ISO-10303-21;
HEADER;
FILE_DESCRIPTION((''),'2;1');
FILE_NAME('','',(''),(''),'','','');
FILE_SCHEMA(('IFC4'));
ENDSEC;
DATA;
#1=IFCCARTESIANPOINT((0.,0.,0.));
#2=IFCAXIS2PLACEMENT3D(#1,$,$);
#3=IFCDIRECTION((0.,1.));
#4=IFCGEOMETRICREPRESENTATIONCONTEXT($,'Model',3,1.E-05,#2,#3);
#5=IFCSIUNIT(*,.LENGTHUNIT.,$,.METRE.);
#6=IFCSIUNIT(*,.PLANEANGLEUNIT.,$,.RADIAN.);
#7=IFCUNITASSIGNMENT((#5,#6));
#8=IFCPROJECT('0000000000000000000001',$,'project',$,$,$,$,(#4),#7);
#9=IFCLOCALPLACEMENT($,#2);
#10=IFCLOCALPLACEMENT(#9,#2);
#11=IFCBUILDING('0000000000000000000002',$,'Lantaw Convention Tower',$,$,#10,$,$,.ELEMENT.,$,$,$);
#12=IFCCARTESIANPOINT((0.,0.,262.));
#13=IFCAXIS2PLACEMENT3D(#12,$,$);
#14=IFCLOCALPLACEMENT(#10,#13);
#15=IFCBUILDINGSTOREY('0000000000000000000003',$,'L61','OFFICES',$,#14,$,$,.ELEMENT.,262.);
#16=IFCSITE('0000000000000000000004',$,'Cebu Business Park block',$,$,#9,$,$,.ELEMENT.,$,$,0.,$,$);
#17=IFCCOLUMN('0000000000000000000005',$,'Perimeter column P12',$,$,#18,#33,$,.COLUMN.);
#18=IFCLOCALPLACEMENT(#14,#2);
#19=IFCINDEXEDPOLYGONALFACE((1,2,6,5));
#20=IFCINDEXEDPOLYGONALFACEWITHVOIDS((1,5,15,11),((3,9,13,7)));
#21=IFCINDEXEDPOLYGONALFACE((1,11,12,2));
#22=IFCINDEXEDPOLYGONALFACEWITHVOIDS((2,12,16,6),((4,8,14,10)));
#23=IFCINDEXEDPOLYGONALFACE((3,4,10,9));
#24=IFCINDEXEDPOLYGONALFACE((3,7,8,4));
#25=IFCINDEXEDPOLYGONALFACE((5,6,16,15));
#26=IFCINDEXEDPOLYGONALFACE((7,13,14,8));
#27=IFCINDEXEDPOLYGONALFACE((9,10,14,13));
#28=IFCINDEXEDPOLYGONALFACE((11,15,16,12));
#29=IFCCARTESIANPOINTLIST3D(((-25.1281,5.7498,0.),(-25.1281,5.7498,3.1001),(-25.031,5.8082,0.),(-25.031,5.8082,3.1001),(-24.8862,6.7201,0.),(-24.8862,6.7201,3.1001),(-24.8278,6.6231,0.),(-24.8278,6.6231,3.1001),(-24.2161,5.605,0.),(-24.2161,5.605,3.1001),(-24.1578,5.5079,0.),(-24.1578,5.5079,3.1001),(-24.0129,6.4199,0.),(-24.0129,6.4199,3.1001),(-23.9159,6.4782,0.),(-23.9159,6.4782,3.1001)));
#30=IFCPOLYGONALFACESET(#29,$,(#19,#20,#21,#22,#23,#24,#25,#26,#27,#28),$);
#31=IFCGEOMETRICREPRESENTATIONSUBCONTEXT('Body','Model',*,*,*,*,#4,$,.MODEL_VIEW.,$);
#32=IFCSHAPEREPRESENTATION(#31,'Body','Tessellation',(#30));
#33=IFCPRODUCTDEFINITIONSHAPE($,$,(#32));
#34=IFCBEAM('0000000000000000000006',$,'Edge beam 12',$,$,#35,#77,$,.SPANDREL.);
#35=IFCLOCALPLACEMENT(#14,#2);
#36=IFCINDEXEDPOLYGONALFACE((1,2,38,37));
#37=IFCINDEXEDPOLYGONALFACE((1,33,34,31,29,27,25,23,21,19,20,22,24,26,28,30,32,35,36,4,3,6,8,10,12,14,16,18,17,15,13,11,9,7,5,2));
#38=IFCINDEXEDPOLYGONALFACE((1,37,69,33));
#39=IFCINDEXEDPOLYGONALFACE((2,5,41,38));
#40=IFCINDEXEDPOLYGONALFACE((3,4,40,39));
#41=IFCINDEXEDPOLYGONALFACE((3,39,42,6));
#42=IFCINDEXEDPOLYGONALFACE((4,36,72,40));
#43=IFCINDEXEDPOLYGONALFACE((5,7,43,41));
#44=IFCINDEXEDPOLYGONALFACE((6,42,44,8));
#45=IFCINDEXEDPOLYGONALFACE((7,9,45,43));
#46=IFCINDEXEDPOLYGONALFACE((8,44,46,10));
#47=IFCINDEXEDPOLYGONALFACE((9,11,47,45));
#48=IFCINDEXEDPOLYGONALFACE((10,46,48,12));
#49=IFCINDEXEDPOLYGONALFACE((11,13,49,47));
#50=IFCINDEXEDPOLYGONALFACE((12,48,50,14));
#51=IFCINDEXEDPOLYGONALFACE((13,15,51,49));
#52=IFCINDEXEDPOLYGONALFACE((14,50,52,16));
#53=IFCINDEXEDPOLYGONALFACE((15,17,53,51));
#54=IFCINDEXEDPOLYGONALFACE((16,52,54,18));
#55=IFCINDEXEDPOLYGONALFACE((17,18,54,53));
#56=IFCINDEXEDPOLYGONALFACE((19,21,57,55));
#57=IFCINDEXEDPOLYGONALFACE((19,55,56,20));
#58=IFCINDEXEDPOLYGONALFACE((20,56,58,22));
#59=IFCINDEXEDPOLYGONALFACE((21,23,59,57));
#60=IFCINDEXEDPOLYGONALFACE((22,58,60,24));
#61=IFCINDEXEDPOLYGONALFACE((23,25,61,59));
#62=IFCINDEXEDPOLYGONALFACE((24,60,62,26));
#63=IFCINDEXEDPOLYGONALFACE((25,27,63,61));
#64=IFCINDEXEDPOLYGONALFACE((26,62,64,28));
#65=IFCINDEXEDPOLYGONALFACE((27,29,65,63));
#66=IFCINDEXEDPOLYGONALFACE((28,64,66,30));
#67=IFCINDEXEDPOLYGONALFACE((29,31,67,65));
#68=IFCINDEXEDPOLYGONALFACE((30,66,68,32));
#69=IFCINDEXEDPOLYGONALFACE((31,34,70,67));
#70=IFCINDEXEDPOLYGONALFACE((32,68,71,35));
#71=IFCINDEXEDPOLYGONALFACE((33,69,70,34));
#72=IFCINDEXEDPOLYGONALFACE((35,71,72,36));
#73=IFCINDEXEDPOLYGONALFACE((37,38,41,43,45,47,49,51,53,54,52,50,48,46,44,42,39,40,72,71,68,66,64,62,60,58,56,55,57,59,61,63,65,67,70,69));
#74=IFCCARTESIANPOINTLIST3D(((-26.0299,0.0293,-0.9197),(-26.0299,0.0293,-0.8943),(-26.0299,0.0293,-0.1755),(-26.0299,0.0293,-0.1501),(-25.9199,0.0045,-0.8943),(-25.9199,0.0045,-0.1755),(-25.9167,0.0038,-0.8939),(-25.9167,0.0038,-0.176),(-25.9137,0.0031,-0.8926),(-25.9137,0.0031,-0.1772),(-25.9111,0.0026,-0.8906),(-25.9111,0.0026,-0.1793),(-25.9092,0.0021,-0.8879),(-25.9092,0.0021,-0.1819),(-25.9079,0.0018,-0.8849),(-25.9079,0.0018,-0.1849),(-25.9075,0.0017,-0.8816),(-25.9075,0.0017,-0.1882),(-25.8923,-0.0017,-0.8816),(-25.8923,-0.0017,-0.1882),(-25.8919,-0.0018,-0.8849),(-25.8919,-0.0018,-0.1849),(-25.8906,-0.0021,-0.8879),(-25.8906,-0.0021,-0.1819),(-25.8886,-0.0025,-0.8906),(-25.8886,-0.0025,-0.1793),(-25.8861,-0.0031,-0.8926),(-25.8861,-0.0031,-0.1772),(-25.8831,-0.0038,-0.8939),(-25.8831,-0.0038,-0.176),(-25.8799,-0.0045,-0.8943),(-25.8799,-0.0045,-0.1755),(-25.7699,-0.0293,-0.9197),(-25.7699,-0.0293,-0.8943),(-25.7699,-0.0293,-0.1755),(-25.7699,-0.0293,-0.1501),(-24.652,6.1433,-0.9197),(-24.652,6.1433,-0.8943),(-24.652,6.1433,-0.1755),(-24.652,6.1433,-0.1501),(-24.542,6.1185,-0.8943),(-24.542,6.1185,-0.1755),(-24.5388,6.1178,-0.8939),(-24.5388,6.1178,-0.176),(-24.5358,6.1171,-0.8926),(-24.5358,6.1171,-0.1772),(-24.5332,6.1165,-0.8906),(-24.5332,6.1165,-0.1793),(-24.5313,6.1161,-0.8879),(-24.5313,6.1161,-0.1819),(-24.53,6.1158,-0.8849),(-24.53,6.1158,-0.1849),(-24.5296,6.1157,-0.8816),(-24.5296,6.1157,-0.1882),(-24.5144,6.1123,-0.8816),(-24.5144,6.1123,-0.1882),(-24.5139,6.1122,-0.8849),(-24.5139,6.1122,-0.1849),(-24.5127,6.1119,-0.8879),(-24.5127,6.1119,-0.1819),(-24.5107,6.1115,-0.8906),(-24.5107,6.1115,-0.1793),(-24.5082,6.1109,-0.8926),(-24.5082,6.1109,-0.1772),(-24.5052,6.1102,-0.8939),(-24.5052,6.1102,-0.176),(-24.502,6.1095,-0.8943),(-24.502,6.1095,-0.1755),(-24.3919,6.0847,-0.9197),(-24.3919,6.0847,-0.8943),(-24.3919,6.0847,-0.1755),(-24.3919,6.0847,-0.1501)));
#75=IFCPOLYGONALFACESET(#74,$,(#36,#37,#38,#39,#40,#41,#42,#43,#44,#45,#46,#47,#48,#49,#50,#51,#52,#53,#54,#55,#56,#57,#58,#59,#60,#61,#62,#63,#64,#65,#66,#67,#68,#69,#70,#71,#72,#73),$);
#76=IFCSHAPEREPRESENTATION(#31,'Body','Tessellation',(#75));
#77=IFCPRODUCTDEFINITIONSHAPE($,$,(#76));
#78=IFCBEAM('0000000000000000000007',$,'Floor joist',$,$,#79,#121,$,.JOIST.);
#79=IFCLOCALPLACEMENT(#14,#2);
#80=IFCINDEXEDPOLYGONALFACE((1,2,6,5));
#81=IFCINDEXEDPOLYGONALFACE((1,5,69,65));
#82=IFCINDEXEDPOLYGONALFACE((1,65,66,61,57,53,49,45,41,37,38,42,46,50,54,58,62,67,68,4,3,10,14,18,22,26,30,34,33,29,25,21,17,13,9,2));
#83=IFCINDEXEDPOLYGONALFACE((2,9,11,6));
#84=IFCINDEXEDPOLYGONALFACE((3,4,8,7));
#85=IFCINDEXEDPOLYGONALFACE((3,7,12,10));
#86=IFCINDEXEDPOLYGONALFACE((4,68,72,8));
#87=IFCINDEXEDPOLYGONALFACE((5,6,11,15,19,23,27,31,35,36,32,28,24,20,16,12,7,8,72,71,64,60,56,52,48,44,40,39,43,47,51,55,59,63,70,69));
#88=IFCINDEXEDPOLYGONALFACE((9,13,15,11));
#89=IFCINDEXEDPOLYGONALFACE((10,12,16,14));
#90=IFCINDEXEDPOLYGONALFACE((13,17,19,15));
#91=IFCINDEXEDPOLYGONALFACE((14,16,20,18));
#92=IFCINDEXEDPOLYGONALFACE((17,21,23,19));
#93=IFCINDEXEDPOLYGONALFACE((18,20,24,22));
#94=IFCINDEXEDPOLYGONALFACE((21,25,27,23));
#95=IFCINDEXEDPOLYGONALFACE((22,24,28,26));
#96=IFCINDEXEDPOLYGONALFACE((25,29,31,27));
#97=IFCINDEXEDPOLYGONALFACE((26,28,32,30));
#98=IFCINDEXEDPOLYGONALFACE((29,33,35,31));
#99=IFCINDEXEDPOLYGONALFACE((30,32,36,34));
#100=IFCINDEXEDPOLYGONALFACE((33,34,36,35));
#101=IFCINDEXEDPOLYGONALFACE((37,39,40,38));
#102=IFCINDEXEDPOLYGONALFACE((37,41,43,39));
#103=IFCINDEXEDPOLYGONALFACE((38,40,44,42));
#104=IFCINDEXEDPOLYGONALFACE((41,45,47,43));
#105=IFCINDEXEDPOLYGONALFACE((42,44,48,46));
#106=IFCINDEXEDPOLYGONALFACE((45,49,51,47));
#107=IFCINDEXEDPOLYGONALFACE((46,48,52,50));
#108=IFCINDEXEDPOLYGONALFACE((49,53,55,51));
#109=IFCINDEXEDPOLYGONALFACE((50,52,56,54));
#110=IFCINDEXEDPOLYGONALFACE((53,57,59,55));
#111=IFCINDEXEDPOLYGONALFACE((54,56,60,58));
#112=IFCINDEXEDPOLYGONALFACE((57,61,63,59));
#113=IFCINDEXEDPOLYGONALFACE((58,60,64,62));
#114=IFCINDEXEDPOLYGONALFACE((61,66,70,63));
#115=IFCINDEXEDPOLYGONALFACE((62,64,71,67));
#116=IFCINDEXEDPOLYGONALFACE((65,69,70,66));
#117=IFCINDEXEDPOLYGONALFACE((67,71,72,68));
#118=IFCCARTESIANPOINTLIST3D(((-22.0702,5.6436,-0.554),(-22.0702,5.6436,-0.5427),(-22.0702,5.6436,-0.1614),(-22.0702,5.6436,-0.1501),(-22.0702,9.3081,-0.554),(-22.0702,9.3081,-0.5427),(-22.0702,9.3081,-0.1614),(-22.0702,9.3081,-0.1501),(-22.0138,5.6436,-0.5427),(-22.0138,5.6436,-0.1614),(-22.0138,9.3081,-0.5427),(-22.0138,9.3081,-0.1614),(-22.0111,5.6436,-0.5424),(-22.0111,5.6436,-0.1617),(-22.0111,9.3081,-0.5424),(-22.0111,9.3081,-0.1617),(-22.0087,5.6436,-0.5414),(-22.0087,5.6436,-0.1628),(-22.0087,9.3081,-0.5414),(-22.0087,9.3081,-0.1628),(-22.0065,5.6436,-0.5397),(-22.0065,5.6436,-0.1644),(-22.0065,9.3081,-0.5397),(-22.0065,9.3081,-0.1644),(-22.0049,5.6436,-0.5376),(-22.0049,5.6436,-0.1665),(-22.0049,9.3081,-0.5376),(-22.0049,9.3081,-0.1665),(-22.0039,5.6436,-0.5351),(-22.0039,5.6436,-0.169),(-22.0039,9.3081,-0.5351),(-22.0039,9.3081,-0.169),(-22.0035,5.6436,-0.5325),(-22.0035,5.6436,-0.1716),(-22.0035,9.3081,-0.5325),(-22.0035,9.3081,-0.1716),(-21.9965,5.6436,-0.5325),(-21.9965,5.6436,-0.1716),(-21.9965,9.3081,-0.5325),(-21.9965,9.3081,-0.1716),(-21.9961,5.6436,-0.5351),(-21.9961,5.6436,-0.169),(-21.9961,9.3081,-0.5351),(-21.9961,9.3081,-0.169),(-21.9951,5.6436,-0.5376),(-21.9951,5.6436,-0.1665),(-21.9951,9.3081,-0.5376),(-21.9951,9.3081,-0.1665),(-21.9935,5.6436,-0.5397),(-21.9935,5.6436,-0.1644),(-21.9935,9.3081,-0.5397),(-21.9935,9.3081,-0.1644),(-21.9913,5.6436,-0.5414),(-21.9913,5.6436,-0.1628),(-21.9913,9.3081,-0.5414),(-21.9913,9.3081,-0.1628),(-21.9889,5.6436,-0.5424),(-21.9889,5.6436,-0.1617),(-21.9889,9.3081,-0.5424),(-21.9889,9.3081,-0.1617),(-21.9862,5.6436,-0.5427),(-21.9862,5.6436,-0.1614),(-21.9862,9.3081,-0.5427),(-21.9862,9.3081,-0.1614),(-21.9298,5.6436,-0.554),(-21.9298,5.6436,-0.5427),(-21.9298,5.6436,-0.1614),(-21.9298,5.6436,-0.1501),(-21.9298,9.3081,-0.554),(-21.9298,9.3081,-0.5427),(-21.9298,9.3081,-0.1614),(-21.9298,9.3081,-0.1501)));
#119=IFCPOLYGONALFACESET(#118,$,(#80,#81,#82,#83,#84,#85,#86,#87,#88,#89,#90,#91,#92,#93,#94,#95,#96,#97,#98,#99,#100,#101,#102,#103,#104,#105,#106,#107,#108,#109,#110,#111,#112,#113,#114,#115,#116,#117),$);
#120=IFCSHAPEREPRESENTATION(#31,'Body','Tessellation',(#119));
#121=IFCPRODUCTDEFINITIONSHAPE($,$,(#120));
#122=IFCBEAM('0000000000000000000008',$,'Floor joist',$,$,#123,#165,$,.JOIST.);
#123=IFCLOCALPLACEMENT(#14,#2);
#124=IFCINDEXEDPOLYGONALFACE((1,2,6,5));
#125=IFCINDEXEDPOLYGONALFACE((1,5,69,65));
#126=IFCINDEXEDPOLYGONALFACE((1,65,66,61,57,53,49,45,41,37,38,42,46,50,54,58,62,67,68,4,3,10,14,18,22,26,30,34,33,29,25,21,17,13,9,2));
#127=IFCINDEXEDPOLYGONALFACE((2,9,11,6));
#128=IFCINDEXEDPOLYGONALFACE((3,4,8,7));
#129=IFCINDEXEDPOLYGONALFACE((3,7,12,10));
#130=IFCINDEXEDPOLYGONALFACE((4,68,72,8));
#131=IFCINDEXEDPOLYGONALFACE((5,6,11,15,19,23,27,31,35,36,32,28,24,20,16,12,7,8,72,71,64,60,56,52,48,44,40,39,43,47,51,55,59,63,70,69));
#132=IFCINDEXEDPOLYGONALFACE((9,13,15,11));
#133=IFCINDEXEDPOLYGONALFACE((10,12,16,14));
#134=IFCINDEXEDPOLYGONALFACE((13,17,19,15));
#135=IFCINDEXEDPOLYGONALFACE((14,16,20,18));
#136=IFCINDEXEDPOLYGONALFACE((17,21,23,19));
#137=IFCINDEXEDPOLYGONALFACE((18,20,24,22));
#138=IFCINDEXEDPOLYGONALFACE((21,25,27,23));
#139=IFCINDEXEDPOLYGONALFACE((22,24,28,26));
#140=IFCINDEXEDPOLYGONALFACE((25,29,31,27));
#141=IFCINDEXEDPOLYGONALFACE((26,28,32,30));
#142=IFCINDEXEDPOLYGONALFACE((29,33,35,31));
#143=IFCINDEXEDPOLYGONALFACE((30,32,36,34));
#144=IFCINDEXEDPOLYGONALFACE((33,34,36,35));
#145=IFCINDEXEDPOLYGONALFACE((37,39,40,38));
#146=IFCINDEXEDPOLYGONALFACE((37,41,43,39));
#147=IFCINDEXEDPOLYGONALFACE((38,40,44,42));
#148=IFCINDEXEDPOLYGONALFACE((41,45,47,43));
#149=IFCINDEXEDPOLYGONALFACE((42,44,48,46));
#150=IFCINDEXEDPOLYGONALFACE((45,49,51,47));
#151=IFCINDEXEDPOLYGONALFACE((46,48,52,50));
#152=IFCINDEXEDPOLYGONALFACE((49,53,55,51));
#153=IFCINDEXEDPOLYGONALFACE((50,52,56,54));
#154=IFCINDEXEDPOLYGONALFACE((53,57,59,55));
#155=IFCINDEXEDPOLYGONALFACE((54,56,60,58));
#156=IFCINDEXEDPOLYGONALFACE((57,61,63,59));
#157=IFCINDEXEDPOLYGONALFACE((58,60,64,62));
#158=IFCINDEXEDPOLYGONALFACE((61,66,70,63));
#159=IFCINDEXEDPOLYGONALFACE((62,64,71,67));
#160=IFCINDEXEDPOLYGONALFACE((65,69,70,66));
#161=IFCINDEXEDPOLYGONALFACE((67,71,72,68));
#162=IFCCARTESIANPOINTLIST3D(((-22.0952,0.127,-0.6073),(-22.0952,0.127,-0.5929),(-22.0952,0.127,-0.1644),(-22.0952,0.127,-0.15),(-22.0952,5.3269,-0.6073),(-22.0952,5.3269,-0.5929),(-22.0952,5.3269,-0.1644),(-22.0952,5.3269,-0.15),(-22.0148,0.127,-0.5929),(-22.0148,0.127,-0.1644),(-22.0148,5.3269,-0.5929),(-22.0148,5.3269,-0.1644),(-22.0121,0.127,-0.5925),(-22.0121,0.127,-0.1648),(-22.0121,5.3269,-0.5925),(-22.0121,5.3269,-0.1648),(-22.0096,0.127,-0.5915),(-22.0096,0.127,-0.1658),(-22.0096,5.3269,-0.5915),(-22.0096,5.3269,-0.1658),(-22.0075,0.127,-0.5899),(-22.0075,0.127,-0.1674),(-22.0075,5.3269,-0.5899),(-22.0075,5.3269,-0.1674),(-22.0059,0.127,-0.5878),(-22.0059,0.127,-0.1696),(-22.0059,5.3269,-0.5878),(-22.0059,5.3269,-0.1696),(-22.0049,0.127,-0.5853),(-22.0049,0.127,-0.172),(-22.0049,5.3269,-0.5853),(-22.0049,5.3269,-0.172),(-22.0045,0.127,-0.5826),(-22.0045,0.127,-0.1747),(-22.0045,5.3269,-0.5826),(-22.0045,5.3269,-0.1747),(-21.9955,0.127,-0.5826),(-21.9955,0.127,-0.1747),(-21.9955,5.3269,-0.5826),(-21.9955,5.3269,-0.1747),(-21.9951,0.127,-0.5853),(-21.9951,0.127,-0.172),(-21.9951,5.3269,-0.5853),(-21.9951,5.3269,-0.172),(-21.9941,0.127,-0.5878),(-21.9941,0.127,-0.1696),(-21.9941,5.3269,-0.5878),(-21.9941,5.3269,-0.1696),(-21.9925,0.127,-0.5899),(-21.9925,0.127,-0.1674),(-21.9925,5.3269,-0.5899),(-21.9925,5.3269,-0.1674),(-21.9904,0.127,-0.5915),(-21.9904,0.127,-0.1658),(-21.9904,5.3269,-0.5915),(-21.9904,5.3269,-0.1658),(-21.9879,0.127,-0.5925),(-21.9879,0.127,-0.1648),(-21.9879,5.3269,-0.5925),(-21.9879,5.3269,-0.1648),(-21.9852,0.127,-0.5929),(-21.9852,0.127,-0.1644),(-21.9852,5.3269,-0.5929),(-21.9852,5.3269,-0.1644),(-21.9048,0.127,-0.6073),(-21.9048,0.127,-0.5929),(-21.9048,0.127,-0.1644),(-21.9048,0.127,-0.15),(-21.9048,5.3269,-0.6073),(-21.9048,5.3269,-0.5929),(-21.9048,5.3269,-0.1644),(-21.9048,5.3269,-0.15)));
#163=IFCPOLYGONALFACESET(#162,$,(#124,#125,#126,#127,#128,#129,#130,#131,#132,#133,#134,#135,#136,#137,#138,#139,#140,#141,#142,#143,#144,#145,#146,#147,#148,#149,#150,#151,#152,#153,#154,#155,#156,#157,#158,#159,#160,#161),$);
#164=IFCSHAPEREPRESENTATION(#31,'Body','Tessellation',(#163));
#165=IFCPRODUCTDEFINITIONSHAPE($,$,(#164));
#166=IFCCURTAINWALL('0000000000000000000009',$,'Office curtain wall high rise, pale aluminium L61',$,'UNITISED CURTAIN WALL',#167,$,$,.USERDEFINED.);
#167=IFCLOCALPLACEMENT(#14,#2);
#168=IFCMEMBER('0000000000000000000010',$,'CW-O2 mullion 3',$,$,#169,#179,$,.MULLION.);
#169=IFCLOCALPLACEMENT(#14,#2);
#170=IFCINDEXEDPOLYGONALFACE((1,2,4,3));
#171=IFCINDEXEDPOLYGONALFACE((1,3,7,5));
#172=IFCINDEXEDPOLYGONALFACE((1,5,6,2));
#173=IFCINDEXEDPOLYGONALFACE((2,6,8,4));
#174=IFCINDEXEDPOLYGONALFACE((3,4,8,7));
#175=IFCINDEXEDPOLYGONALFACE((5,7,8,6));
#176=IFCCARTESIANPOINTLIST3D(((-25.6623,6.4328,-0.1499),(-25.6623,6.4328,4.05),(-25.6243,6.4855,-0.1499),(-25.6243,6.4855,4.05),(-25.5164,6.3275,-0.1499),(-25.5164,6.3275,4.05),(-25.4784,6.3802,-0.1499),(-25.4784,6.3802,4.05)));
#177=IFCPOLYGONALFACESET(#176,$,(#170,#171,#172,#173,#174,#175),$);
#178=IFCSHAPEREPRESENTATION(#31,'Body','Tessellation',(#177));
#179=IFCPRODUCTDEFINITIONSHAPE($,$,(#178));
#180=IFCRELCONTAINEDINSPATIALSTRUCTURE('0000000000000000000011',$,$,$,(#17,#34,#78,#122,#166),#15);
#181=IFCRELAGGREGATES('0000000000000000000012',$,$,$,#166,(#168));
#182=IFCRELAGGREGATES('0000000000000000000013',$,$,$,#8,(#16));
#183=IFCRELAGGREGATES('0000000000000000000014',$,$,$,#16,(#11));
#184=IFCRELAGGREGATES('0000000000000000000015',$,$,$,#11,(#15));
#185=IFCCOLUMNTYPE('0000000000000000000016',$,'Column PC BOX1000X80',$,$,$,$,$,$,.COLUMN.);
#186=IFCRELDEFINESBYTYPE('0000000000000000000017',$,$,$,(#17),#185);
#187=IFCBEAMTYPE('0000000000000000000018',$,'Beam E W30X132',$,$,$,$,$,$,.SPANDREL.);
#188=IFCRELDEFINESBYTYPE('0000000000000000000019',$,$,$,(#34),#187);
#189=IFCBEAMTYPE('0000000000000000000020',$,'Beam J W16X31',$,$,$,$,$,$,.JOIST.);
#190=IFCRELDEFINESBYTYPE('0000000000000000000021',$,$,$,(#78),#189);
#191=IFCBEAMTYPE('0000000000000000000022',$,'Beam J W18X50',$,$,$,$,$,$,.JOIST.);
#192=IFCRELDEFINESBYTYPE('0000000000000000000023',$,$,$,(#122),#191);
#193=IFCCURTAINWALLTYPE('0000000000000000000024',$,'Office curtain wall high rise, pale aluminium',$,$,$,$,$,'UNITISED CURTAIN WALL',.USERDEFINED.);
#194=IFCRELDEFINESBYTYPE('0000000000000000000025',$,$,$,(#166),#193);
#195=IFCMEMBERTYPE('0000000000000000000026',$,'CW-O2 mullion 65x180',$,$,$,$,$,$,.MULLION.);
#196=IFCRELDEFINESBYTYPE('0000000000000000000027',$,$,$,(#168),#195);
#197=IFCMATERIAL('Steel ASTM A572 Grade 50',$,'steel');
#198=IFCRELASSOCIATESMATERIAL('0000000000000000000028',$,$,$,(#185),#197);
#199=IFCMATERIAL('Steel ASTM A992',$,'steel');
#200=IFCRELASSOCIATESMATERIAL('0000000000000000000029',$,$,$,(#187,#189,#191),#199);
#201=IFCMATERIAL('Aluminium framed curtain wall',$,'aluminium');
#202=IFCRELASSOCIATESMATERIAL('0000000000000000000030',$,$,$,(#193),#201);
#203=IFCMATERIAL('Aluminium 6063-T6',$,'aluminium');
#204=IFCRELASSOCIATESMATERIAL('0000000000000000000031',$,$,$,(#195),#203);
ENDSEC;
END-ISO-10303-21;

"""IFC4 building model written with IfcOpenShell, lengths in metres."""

from ifc_helpers import new_model, si_unit, direction, frame, origin, origin_2d, place, context, subcontext, project, spatial, rectangle, hollow_rectangle, i_section, extrude, material, material_profile, profile_set, type_object, element, aggregate, save


model = new_model("IFC4")

# Units and contexts
model_context = context("Model", 3, precision=1e-05, world=origin(), true_north=direction((0.0, 1.0)))
body_context = subcontext(model_context, "Body", "Model", "MODEL_VIEW")
ifc_project = project(units=[si_unit("LENGTHUNIT", "METRE"), si_unit("PLANEANGLEUNIT", "RADIAN")], contexts=[model_context])

# Site, building, storey
site_placement = place(None, origin())
site = spatial("IfcSite", under=ifc_project, at=site_placement, Name="Cebu Business Park block", CompositionType="ELEMENT", RefElevation=0.0)
building_placement = place(site_placement, origin())
building = spatial("IfcBuilding", under=site, at=building_placement, Name="Lantaw Convention Tower", CompositionType="ELEMENT")
storey_placement = place(building_placement, frame((0.0, 0.0, 262.0)))
storey = spatial("IfcBuildingStorey", under=building, at=storey_placement, Name="L61", Description="OFFICES", CompositionType="ELEMENT", Elevation=262.0)

# Column
ifc_material_1 = material(Name="Steel ASTM A572 Grade 50", Category="steel")
ifc_material_profile_1 = material_profile(ifc_material_1, hollow_rectangle(XDim=1.0, YDim=1.0, WallThickness=0.0801, at=origin_2d()), Name="BOX1000X80")
ifc_material_2 = material(Name="Concrete C60/75", Category="concrete")
ifc_material_profile_2 = material_profile(ifc_material_2, rectangle(XDim=0.8401, YDim=0.8401, at=origin_2d()), Name="Concrete fill of BOX1000X80")
ifc_profile_set_1 = profile_set([ifc_material_profile_1, ifc_material_profile_2], Name="Steel ASTM A572 Grade 50")
column_type = type_object("IfcColumnType", Name="Column PC BOX1000X80", PredefinedType="COLUMN", material=ifc_profile_set_1)
column_placement = place(storey_placement, frame((-24.522, 6.114, 0.0), z_axis=(0.0, 0.0, 1.0), x_axis=(0.241922, 0.970296, 0.0)))
element("IfcColumn", 1, at=column_placement, inside=storey, type_object=column_type, Name="Perimeter column P12", PredefinedType="COLUMN", context=body_context, shape_type="SweptSolid", body=[
    extrude(hollow_rectangle(XDim=1.0, YDim=1.0, WallThickness=0.0801, at=origin_2d()), origin(), (0.0, 0.0, 1.0), 3.1001),
])

# Beams
ifc_material_3 = material(Name="Steel ASTM A992", Category="steel")
ifc_material_profile_3 = material_profile(ifc_material_3, i_section(OverallWidth=0.2666, OverallDepth=0.7695, WebThickness=0.0156, FlangeThickness=0.0254, FilletRadius=0.0127, at=origin_2d()), Name="W30X132")
ifc_profile_set_2 = profile_set([ifc_material_profile_3], Name="Steel ASTM A992")
beam_type_1 = type_object("IfcBeamType", Name="Beam E W30X132", PredefinedType="SPANDREL", material=ifc_profile_set_2)
beam_1_placement = place(storey_placement, frame((-24.522, 6.114, -0.5349), z_axis=(-0.219858, -0.975532, 0.0), x_axis=(0.975532, -0.219858, 0.0)))
element("IfcBeam", 2, at=beam_1_placement, inside=storey, type_object=beam_type_1, Name="Edge beam 12", PredefinedType="SPANDREL", context=body_context, shape_type="SweptSolid", body=[
    extrude(i_section(OverallWidth=0.2666, OverallDepth=0.7695, WebThickness=0.0156, FlangeThickness=0.0254, FilletRadius=0.0127, at=origin_2d()), origin(), (0.0, 0.0, 1.0), 6.2673),
])
ifc_material_profile_4 = material_profile(ifc_material_3, i_section(OverallWidth=0.1404, OverallDepth=0.4038, WebThickness=0.0071, FlangeThickness=0.0112, FilletRadius=0.0103, at=origin_2d()), Name="W16X31")
ifc_profile_set_3 = profile_set([ifc_material_profile_4], Name="Steel ASTM A992")
beam_type_2 = type_object("IfcBeamType", Name="Beam J W16X31", PredefinedType="JOIST", material=ifc_profile_set_3)
beam_2_placement = place(storey_placement, frame((-22.0, 5.6436, -0.3521), z_axis=(0.0, 1.0, 0.0), x_axis=(-1.0, 0.0, 0.0)))
element("IfcBeam", 3, at=beam_2_placement, inside=storey, type_object=beam_type_2, Name="Floor joist", PredefinedType="JOIST", context=body_context, shape_type="SweptSolid", body=[
    extrude(i_section(OverallWidth=0.1404, OverallDepth=0.4038, WebThickness=0.0071, FlangeThickness=0.0112, FilletRadius=0.0103, at=origin_2d()), origin(), (0.0, 0.0, 1.0), 3.6646),
])
ifc_material_profile_5 = material_profile(ifc_material_3, i_section(OverallWidth=0.1904, OverallDepth=0.4573, WebThickness=0.009, FlangeThickness=0.0144, FilletRadius=0.0103, at=origin_2d()), Name="W18X50")
ifc_profile_set_4 = profile_set([ifc_material_profile_5], Name="Steel ASTM A992")
beam_type_3 = type_object("IfcBeamType", Name="Beam J W18X50", PredefinedType="JOIST", material=ifc_profile_set_4)
beam_3_placement = place(storey_placement, frame((-22.0, 0.127, -0.3787), z_axis=(0.0, 1.0, 0.0), x_axis=(-1.0, 0.0, 0.0)))
element("IfcBeam", 4, at=beam_3_placement, inside=storey, type_object=beam_type_3, Name="Floor joist", PredefinedType="JOIST", context=body_context, shape_type="SweptSolid", body=[
    extrude(i_section(OverallWidth=0.1904, OverallDepth=0.4573, WebThickness=0.009, FlangeThickness=0.0144, FilletRadius=0.0103, at=origin_2d()), origin(), (0.0, 0.0, 1.0), 5.2),
])

# Curtain wall, member
ifc_material_4 = material(Name="Aluminium framed curtain wall", Category="aluminium")
curtain_wall_type = type_object("IfcCurtainWallType", Name="Office curtain wall high rise, pale aluminium", ElementType="UNITISED CURTAIN WALL", PredefinedType="USERDEFINED", material=ifc_material_4)
curtain_wall_1_placement = place(storey_placement, origin())
curtain_wall_1 = element("IfcCurtainWall", 5, at=curtain_wall_1_placement, inside=storey, type_object=curtain_wall_type, Name="Office curtain wall high rise, pale aluminium L61", ObjectType="UNITISED CURTAIN WALL", PredefinedType="USERDEFINED")
ifc_material_5 = material(Name="Aluminium 6063-T6", Category="aluminium")
ifc_material_profile_6 = material_profile(ifc_material_5, rectangle(XDim=0.1799, YDim=0.0649, at=origin_2d()), Name="CW-O2 mullion 65x180")
ifc_profile_set_5 = profile_set([ifc_material_profile_6], Name="Aluminium 6063-T6")
member_type_1 = type_object("IfcMemberType", Name="CW-O2 mullion 65x180", PredefinedType="MULLION", material=ifc_profile_set_5)
member_1_placement = place(storey_placement, frame((-25.5703, 6.4065, -0.1499), z_axis=(0.0, 0.0, 1.0), x_axis=(0.81092, -0.585158, 0.0)))
member_1 = element("IfcMember", 6, at=member_1_placement, type_object=member_type_1, Name="CW-O2 mullion 3", PredefinedType="MULLION", context=body_context, shape_type="SweptSolid", body=[
    extrude(rectangle(XDim=0.1799, YDim=0.0649, at=origin_2d()), origin(), (0.0, 0.0, 1.0), 4.2),
])

aggregate(curtain_wall_1, [member_1])

save(model, "model.ifc")
